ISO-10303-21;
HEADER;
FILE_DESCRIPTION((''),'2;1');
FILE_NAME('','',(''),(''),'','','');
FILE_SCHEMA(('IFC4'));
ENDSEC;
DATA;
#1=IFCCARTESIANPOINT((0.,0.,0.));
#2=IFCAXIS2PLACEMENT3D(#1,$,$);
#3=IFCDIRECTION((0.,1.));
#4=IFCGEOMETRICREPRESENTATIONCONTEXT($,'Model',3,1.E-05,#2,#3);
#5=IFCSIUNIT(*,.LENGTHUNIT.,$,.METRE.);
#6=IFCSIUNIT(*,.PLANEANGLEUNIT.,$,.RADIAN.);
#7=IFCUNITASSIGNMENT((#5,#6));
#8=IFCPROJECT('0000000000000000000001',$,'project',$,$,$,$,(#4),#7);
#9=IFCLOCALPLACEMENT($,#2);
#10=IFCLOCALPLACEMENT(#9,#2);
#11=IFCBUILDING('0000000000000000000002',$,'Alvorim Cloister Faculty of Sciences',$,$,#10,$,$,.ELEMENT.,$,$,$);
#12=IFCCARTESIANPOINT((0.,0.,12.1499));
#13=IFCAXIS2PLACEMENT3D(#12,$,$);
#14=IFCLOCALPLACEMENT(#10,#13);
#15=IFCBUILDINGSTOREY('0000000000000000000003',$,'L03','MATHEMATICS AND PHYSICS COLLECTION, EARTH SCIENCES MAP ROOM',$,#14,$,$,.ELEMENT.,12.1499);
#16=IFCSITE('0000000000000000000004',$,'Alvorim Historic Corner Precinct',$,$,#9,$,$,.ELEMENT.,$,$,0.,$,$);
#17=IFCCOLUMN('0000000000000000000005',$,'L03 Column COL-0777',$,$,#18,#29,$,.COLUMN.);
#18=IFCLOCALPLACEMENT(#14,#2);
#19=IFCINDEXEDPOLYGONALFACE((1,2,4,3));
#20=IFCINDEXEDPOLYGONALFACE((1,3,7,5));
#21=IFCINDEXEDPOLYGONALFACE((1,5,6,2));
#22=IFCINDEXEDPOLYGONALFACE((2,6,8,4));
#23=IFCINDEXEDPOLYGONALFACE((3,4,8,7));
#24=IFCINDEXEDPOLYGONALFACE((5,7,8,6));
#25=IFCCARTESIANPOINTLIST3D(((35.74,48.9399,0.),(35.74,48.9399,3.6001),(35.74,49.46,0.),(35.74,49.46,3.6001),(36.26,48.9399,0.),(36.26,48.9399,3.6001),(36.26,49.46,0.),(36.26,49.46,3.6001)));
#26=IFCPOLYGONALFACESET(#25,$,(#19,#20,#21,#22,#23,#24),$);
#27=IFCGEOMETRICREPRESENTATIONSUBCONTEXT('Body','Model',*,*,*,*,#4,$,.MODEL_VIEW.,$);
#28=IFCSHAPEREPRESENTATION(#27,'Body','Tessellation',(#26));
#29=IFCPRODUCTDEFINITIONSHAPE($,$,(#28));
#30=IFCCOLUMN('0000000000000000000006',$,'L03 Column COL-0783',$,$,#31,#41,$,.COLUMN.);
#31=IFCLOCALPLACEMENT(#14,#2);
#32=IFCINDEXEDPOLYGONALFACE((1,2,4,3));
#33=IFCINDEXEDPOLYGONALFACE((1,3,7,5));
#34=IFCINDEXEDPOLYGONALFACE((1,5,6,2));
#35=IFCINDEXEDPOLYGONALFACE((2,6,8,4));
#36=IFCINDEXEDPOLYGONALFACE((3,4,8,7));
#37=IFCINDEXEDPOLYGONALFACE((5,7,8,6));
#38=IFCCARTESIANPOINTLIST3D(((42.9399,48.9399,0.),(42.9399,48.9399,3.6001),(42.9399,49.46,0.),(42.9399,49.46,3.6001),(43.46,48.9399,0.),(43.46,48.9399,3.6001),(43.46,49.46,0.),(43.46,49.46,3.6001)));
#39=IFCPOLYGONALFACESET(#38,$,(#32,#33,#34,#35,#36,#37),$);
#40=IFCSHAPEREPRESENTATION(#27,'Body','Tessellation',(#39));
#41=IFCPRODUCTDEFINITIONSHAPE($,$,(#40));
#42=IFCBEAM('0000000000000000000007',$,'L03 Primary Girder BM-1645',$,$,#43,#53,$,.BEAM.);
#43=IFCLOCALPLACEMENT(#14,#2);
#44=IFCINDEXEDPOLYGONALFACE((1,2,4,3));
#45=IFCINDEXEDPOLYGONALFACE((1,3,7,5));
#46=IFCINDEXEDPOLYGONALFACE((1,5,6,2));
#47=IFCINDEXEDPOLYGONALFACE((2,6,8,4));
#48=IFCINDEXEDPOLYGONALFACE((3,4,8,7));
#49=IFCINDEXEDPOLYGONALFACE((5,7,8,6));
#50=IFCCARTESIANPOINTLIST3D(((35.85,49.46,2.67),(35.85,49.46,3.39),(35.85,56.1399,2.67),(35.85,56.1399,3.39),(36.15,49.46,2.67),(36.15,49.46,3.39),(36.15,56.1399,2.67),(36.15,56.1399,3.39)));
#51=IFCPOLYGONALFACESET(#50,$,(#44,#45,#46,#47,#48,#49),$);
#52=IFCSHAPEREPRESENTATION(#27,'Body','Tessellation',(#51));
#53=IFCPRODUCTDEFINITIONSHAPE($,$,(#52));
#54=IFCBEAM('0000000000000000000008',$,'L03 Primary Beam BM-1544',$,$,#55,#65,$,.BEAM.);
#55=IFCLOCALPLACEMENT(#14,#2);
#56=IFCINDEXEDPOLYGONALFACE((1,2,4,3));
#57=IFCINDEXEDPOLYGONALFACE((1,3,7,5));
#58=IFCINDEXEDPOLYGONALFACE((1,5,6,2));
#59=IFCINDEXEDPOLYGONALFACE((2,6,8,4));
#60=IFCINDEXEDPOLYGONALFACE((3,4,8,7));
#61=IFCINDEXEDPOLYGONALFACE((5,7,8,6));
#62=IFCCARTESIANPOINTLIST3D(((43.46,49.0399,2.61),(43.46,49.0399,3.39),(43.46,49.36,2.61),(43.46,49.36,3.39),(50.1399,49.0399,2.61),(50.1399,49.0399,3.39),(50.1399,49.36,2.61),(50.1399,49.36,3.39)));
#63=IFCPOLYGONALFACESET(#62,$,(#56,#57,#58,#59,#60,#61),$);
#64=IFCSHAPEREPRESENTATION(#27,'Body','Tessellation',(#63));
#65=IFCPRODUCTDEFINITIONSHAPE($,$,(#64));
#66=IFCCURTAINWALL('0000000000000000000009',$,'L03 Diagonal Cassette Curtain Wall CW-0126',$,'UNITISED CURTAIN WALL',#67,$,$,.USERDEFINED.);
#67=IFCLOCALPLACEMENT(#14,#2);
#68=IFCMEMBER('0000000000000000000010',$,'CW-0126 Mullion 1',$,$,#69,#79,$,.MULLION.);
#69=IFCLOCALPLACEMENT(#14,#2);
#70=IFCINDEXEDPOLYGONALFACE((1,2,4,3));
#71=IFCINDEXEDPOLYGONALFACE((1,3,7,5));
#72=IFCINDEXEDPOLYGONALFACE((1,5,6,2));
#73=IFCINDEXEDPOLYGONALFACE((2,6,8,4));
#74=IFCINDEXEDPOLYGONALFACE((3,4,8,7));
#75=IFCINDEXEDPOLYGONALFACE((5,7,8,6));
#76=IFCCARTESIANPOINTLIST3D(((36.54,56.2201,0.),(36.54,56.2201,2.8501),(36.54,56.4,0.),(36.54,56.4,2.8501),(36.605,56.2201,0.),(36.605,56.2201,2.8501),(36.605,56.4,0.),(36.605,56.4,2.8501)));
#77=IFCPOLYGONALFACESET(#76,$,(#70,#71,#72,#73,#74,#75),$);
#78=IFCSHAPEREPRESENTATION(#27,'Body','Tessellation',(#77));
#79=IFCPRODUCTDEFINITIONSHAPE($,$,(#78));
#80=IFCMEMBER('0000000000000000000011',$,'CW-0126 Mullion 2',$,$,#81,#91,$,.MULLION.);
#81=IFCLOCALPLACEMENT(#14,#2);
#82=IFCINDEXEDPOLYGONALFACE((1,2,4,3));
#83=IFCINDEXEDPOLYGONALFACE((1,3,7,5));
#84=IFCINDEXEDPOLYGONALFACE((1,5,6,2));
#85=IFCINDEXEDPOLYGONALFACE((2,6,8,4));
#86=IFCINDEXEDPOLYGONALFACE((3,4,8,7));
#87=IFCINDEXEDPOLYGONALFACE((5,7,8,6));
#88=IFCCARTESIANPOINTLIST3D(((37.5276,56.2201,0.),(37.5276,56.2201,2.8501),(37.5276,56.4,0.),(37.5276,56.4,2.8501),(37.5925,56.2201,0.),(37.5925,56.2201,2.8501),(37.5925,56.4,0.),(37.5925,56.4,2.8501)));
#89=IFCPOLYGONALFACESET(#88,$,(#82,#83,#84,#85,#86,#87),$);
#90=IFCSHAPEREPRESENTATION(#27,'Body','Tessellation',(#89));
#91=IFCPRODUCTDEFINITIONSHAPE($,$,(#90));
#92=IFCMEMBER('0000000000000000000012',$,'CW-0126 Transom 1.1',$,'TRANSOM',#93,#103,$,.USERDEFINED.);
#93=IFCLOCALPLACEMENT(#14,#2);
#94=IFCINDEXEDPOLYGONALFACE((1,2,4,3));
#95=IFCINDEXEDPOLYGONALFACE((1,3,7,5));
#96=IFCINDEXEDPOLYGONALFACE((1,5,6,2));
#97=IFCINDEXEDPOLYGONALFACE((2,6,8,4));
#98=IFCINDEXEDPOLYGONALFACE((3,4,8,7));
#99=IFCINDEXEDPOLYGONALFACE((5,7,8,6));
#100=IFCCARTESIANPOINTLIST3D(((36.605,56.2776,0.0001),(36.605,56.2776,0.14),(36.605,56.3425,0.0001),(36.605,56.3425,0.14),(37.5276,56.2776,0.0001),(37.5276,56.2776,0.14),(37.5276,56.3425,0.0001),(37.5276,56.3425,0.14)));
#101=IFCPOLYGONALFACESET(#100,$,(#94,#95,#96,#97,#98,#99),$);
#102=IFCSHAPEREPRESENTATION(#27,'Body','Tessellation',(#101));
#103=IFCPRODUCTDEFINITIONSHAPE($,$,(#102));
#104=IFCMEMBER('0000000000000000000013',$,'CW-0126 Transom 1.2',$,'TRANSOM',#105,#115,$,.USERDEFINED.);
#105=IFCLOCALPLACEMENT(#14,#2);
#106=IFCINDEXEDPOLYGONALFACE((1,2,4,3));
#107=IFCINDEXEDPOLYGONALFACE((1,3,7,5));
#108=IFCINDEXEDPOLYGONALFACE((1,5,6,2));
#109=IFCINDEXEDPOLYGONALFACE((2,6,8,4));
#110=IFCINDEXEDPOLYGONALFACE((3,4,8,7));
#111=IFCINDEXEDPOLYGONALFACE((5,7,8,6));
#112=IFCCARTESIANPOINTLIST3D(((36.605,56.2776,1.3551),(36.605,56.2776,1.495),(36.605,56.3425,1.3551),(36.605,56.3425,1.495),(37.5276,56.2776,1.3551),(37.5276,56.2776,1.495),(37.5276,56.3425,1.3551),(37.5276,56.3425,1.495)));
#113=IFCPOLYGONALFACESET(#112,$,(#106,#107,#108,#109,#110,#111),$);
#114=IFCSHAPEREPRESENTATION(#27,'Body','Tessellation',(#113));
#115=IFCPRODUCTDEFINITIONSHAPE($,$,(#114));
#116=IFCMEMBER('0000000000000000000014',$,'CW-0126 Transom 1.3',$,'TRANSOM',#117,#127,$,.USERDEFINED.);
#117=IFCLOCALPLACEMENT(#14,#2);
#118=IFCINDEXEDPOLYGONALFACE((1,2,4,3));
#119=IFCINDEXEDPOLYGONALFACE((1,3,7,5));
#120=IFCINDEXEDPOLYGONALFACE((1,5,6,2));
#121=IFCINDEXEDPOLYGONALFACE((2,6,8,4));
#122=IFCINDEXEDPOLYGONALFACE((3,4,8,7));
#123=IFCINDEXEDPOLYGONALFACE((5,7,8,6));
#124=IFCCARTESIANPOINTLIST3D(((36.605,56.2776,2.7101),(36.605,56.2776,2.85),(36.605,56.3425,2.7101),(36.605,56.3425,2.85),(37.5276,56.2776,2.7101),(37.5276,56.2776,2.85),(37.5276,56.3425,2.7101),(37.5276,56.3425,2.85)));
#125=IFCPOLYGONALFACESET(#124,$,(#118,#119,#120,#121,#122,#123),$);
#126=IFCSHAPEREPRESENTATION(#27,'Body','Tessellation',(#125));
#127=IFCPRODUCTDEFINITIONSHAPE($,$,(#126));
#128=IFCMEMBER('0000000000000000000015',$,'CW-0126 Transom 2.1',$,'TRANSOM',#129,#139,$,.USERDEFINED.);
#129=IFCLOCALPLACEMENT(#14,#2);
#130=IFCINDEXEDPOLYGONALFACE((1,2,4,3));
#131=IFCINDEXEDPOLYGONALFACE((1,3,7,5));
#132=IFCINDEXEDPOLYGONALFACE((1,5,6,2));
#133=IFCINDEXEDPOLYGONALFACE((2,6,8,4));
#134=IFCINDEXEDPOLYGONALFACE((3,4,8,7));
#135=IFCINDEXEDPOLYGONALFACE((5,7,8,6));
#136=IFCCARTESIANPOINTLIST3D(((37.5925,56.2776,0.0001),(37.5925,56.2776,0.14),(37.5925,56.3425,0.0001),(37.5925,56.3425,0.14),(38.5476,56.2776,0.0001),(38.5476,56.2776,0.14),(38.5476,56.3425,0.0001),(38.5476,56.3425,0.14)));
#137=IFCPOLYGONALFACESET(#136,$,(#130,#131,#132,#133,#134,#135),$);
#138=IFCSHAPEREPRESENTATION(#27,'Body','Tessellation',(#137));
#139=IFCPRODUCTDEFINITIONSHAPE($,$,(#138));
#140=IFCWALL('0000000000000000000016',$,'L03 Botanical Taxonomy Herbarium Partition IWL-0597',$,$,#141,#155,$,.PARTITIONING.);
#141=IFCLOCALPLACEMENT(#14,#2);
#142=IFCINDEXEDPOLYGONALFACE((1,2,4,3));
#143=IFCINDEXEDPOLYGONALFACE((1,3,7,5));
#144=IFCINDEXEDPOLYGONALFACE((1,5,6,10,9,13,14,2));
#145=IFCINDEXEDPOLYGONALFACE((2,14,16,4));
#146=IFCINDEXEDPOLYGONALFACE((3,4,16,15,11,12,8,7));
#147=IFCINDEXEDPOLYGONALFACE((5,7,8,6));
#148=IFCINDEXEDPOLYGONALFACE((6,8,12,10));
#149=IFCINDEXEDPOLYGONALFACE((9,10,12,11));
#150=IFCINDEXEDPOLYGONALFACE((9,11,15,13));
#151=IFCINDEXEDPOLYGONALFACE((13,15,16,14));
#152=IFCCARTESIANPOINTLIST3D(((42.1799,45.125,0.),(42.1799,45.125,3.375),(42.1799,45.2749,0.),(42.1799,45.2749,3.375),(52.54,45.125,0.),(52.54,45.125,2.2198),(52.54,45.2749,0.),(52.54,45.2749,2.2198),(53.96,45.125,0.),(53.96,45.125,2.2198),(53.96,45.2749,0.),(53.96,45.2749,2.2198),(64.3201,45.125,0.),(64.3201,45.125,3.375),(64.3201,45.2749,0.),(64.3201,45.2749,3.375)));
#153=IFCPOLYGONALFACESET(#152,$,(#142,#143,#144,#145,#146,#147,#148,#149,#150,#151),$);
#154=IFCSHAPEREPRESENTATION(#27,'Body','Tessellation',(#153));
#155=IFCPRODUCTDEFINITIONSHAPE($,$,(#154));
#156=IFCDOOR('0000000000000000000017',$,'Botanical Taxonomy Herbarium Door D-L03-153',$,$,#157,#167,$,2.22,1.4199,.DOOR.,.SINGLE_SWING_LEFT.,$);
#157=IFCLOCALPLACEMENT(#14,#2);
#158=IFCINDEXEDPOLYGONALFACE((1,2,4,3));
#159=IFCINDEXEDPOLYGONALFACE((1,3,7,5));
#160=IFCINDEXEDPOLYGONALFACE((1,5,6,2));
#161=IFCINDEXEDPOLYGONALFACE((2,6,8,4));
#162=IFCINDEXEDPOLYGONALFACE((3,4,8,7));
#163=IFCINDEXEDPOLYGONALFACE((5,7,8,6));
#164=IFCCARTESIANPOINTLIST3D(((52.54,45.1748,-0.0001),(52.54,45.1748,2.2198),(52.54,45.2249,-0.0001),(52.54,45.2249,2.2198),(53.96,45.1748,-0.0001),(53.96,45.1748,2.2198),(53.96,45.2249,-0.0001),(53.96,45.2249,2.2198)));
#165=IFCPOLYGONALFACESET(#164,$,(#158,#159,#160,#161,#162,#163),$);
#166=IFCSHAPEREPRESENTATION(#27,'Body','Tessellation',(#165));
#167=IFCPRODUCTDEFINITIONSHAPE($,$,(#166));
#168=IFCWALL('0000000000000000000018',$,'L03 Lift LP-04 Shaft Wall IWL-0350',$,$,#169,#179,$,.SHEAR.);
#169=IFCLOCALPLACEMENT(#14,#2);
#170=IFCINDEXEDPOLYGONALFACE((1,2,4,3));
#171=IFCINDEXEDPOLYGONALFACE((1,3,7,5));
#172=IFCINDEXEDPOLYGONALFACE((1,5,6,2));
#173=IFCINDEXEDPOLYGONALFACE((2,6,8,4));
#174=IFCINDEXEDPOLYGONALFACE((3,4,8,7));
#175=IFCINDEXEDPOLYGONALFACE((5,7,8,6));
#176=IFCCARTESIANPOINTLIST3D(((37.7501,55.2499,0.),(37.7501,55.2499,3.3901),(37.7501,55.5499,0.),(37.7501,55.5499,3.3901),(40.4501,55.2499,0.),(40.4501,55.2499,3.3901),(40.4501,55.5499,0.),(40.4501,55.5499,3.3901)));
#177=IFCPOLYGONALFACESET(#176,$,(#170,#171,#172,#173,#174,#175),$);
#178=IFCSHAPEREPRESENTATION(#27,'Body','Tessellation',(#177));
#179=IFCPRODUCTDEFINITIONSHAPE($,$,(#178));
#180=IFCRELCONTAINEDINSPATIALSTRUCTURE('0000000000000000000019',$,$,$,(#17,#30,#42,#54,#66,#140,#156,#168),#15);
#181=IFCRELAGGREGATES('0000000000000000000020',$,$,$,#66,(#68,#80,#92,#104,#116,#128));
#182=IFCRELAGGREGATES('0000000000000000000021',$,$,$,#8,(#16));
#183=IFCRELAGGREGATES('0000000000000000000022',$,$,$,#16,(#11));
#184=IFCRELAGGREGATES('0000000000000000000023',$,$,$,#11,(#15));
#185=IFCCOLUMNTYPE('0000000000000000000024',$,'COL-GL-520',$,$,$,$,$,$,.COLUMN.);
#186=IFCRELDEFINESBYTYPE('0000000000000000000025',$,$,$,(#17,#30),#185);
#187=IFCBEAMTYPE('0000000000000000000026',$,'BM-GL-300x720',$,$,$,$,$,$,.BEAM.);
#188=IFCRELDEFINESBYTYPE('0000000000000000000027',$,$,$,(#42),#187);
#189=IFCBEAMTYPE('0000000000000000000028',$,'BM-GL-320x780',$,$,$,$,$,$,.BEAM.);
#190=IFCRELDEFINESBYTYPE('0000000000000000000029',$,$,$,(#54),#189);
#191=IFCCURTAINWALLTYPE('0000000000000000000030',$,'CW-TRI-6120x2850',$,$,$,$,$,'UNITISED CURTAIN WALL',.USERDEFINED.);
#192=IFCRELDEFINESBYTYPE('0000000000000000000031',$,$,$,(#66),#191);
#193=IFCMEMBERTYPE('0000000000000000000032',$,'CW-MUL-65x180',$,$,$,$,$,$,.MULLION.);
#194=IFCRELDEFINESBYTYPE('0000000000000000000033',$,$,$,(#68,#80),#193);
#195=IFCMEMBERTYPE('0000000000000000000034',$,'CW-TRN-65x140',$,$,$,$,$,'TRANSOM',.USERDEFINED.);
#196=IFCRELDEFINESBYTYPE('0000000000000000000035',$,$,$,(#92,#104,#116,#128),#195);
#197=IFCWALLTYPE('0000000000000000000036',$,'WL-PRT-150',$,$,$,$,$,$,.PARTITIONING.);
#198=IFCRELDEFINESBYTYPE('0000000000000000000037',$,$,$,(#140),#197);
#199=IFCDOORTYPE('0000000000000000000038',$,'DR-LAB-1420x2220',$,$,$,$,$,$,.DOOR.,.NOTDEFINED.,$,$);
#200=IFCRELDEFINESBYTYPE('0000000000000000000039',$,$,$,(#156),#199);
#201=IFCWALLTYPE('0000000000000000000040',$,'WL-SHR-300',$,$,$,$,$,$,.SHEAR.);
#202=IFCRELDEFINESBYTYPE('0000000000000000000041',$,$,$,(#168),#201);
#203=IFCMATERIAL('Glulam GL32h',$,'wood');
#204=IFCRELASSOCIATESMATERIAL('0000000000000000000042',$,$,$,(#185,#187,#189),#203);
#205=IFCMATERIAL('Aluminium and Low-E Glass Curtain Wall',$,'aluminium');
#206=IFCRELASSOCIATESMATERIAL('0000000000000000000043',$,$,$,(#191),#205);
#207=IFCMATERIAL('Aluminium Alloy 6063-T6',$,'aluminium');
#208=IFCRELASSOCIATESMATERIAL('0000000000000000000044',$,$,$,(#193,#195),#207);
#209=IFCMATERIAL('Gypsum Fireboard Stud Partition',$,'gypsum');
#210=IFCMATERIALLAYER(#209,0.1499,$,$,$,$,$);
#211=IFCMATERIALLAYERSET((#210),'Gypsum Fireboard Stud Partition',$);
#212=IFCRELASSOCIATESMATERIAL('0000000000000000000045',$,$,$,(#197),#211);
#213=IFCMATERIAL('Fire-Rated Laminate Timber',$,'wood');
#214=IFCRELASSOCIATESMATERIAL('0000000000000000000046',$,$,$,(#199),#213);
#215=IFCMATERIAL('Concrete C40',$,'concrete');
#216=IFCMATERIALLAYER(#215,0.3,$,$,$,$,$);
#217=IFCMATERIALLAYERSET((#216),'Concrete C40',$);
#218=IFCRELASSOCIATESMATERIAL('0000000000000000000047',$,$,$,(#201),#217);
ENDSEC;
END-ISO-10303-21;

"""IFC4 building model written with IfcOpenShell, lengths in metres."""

from ifc_helpers import new_model, si_unit, direction, frame, frame_2d, origin, origin_2d, place, context, subcontext, project, spatial, rectangle, extrude, material, layer, layer_set, material_profile, profile_set, type_object, element, fill, aggregate, save


model = new_model("IFC4")

# Units and contexts
model_context = context("Model", 3, precision=1e-05, world=origin(), true_north=direction((0.0, 1.0)))
body_context = subcontext(model_context, "Body", "Model", "MODEL_VIEW")
ifc_project = project(units=[si_unit("LENGTHUNIT", "METRE"), si_unit("PLANEANGLEUNIT", "RADIAN")], contexts=[model_context])

# Site, building, storey
site_placement = place(None, origin())
site = spatial("IfcSite", under=ifc_project, at=site_placement, Name="Alvorim Historic Corner Precinct", CompositionType="ELEMENT", RefElevation=0.0)
building_placement = place(site_placement, origin())
building = spatial("IfcBuilding", under=site, at=building_placement, Name="Alvorim Cloister Faculty of Sciences", CompositionType="ELEMENT")
storey_placement = place(building_placement, frame((0.0, 0.0, 12.1499)))
storey = spatial("IfcBuildingStorey", under=building, at=storey_placement, Name="L03", Description="MATHEMATICS AND PHYSICS COLLECTION, EARTH SCIENCES MAP ROOM", CompositionType="ELEMENT", Elevation=12.1499)

# Columns
ifc_material_1 = material(Name="Glulam GL32h", Category="wood")
ifc_material_profile_1 = material_profile(ifc_material_1, rectangle(XDim=0.52, YDim=0.52, at=origin_2d()), Name="GL32-COL-520x520")
ifc_profile_set_1 = profile_set([ifc_material_profile_1], Name="Glulam GL32h")
column_type = type_object("IfcColumnType", Name="COL-GL-520", PredefinedType="COLUMN", material=ifc_profile_set_1)
for number, where, z_axis, x_axis, name in (
    (1, (36.0, 49.2, 0.0), (0.0, 0.0, 1.0), (1.0, 0.0, 0.0), "L03 Column COL-0777"),
    (2, (43.2, 49.2, 0.0), (0.0, 0.0, 1.0), (1.0, 0.0, 0.0), "L03 Column COL-0783"),
):
    element("IfcColumn", number, at=place(storey_placement, frame(where, z_axis=z_axis, x_axis=x_axis)), inside=storey, type_object=column_type, Name=name, PredefinedType="COLUMN", context=body_context, shape_type="SweptSolid", body=[
        extrude(rectangle(XDim=0.52, YDim=0.52, at=origin_2d()), origin(), (0.0, 0.0, 1.0), 3.6001),
    ])

# Beams
ifc_material_profile_2 = material_profile(ifc_material_1, rectangle(XDim=0.3, YDim=0.72, at=origin_2d()), Name="GL32-BM-300x720")
ifc_profile_set_2 = profile_set([ifc_material_profile_2], Name="Glulam GL32h")
beam_type_1 = type_object("IfcBeamType", Name="BM-GL-300x720", PredefinedType="BEAM", material=ifc_profile_set_2)
beam_1_placement = place(storey_placement, frame((36.0, 49.46, 3.03), z_axis=(0.0, 1.0, 0.0), x_axis=(-1.0, 0.0, 0.0)))
element("IfcBeam", 3, at=beam_1_placement, inside=storey, type_object=beam_type_1, Name="L03 Primary Girder BM-1645", PredefinedType="BEAM", context=body_context, shape_type="SweptSolid", body=[
    extrude(rectangle(XDim=0.3, YDim=0.72, at=origin_2d()), origin(), (0.0, 0.0, 1.0), 6.6799),
])
ifc_material_profile_3 = material_profile(ifc_material_1, rectangle(XDim=0.3201, YDim=0.78, at=origin_2d()), Name="GL32-BM-320x780")
ifc_profile_set_3 = profile_set([ifc_material_profile_3], Name="Glulam GL32h")
beam_type_2 = type_object("IfcBeamType", Name="BM-GL-320x780", PredefinedType="BEAM", material=ifc_profile_set_3)
beam_2_placement = place(storey_placement, frame((43.46, 49.2, 3.0), z_axis=(1.0, 0.0, 0.0), x_axis=(0.0, 1.0, 0.0)))
element("IfcBeam", 4, at=beam_2_placement, inside=storey, type_object=beam_type_2, Name="L03 Primary Beam BM-1544", PredefinedType="BEAM", context=body_context, shape_type="SweptSolid", body=[
    extrude(rectangle(XDim=0.3201, YDim=0.78, at=origin_2d()), origin(), (0.0, 0.0, 1.0), 6.6799),
])

# Curtain wall, members
ifc_material_2 = material(Name="Aluminium and Low-E Glass Curtain Wall", Category="aluminium")
curtain_wall_type = type_object("IfcCurtainWallType", Name="CW-TRI-6120x2850", ElementType="UNITISED CURTAIN WALL", PredefinedType="USERDEFINED", material=ifc_material_2)
curtain_wall_placement = place(storey_placement, origin())
curtain_wall = element("IfcCurtainWall", 5, at=curtain_wall_placement, inside=storey, type_object=curtain_wall_type, Name="L03 Diagonal Cassette Curtain Wall CW-0126", ObjectType="UNITISED CURTAIN WALL", PredefinedType="USERDEFINED")
ifc_material_3 = material(Name="Aluminium Alloy 6063-T6", Category="aluminium")
ifc_material_profile_4 = material_profile(ifc_material_3, rectangle(XDim=0.0649, YDim=0.1799, at=origin_2d()), Name="ALU-MUL-65x180")
ifc_profile_set_4 = profile_set([ifc_material_profile_4], Name="Aluminium Alloy 6063-T6")
member_type_1 = type_object("IfcMemberType", Name="CW-MUL-65x180", PredefinedType="MULLION", material=ifc_profile_set_4)
member_1_placement = place(storey_placement, frame((36.5725, 56.3101, 0.0), z_axis=(0.0, 0.0, 1.0), x_axis=(1.0, 0.0, 0.0)))
member_1 = element("IfcMember", 6, at=member_1_placement, type_object=member_type_1, Name="CW-0126 Mullion 1", PredefinedType="MULLION", context=body_context, shape_type="SweptSolid", body=[
    extrude(rectangle(XDim=0.0649, YDim=0.1799, at=origin_2d()), origin(), (0.0, 0.0, 1.0), 2.8501),
])
member_2_placement = place(storey_placement, frame((37.5601, 56.3101, 0.0), z_axis=(0.0, 0.0, 1.0), x_axis=(1.0, 0.0, 0.0)))
member_2 = element("IfcMember", 7, at=member_2_placement, type_object=member_type_1, Name="CW-0126 Mullion 2", PredefinedType="MULLION", context=body_context, shape_type="SweptSolid", body=[
    extrude(rectangle(XDim=0.0649, YDim=0.1799, at=origin_2d()), origin(), (0.0, 0.0, 1.0), 2.8501),
])
ifc_material_profile_5 = material_profile(ifc_material_3, rectangle(XDim=0.0649, YDim=0.1399, at=origin_2d()), Name="ALU-TRN-65x140")
ifc_profile_set_5 = profile_set([ifc_material_profile_5], Name="Aluminium Alloy 6063-T6")
member_type_2 = type_object("IfcMemberType", Name="CW-TRN-65x140", ElementType="TRANSOM", PredefinedType="USERDEFINED", material=ifc_profile_set_5)
member_3_placement = place(storey_placement, frame((36.605, 56.3101, 0.0701), z_axis=(1.0, 0.0, 0.0), x_axis=(0.0, 1.0, 0.0)))
member_3 = element("IfcMember", 8, at=member_3_placement, type_object=member_type_2, Name="CW-0126 Transom 1.1", ObjectType="TRANSOM", PredefinedType="USERDEFINED", context=body_context, shape_type="SweptSolid", body=[
    extrude(rectangle(XDim=0.0649, YDim=0.1399, at=origin_2d()), origin(), (0.0, 0.0, 1.0), 0.9226),
])
member_4_placement = place(storey_placement, frame((36.605, 56.3101, 1.425), z_axis=(1.0, 0.0, 0.0), x_axis=(0.0, 1.0, 0.0)))
member_4 = element("IfcMember", 9, at=member_4_placement, type_object=member_type_2, Name="CW-0126 Transom 1.2", ObjectType="TRANSOM", PredefinedType="USERDEFINED", context=body_context, shape_type="SweptSolid", body=[
    extrude(rectangle(XDim=0.0649, YDim=0.1399, at=origin_2d()), origin(), (0.0, 0.0, 1.0), 0.9226),
])
member_5_placement = place(storey_placement, frame((36.605, 56.3101, 2.78), z_axis=(1.0, 0.0, 0.0), x_axis=(0.0, 1.0, 0.0)))
member_5 = element("IfcMember", 10, at=member_5_placement, type_object=member_type_2, Name="CW-0126 Transom 1.3", ObjectType="TRANSOM", PredefinedType="USERDEFINED", context=body_context, shape_type="SweptSolid", body=[
    extrude(rectangle(XDim=0.0649, YDim=0.1399, at=origin_2d()), origin(), (0.0, 0.0, 1.0), 0.9226),
])
member_6_placement = place(storey_placement, frame((37.5925, 56.3101, 0.0701), z_axis=(1.0, 0.0, 0.0), x_axis=(0.0, 1.0, 0.0)))
member_6 = element("IfcMember", 11, at=member_6_placement, type_object=member_type_2, Name="CW-0126 Transom 2.1", ObjectType="TRANSOM", PredefinedType="USERDEFINED", context=body_context, shape_type="SweptSolid", body=[
    extrude(rectangle(XDim=0.0649, YDim=0.1399, at=origin_2d()), origin(), (0.0, 0.0, 1.0), 0.9551),
])
aggregate(curtain_wall, [member_1, member_2, member_3, member_4, member_5, member_6])

# Wall, opening, door
ifc_material_4 = material(Name="Gypsum Fireboard Stud Partition", Category="gypsum")
ifc_layer_1 = layer(ifc_material_4, 0.1499)
ifc_layer_set_1 = layer_set([ifc_layer_1], Name="Gypsum Fireboard Stud Partition")
wall_type_1 = type_object("IfcWallType", Name="WL-PRT-150", PredefinedType="PARTITIONING", material=ifc_layer_set_1)
wall_1_placement = place(storey_placement, frame((42.1799, 45.2, 0.0), z_axis=(0.0, 0.0, 1.0), x_axis=(1.0, 0.0, 0.0)))
wall_1 = element("IfcWall", 12, at=wall_1_placement, inside=storey, type_object=wall_type_1, Name="L03 Botanical Taxonomy Herbarium Partition IWL-0597", PredefinedType="PARTITIONING", context=body_context, shape_type="SweptSolid", body=[
    extrude(rectangle(XDim=22.1401, YDim=0.1499, at=frame_2d((11.0701, 0.0))), origin(), (0.0, 0.0, 1.0), 3.375),
])
opening_1_placement = place(wall_1_placement, frame((10.3601, 0.0, 0.0)))
opening_1 = element("IfcOpeningElement", 13, at=opening_1_placement, cuts=wall_1, PredefinedType="OPENING", context=body_context, shape_type="SweptSolid", body=[
    extrude(rectangle(XDim=1.4199, YDim=2.22, at=frame_2d((0.71, 1.1099))), frame((0.0, 0.0869, 0.0), z_axis=(0.0, -1.0, 0.0), x_axis=(1.0, 0.0, 0.0)), (0.0, 0.0, 1.0), 0.1738),
])
ifc_material_5 = material(Name="Fire-Rated Laminate Timber", Category="wood")
door_type_1 = type_object("IfcDoorType", Name="DR-LAB-1420x2220", OperationType="NOTDEFINED", PredefinedType="DOOR", material=ifc_material_5)
door_1_placement = place(opening_1_placement, origin())
door_1 = element("IfcDoor", 14, at=door_1_placement, inside=storey, type_object=door_type_1, Name="Botanical Taxonomy Herbarium Door D-L03-153", OperationType="SINGLE_SWING_LEFT", OverallHeight=2.22, OverallWidth=1.4199, PredefinedType="DOOR", context=body_context, shape_type="SweptSolid", body=[
    extrude(rectangle(XDim=1.4199, YDim=2.22, at=frame_2d((0.71, 1.1099))), frame((0.0, 0.0249, 0.0), z_axis=(0.0, -1.0, 0.0), x_axis=(1.0, 0.0, 0.0)), (0.0, 0.0, 1.0), 0.05),
])
fill(opening_1, door_1)

# Wall
ifc_material_6 = material(Name="Concrete C40", Category="concrete")
ifc_layer_2 = layer(ifc_material_6, 0.3)
ifc_layer_set_2 = layer_set([ifc_layer_2], Name="Concrete C40")
wall_type_2 = type_object("IfcWallType", Name="WL-SHR-300", PredefinedType="SHEAR", material=ifc_layer_set_2)
wall_2_placement = place(storey_placement, frame((37.75, 55.3999, 0.0), z_axis=(0.0, 0.0, 1.0), x_axis=(1.0, 0.0, 0.0)))
element("IfcWall", 15, at=wall_2_placement, inside=storey, type_object=wall_type_2, Name="L03 Lift LP-04 Shaft Wall IWL-0350", PredefinedType="SHEAR", context=body_context, shape_type="SweptSolid", body=[
    extrude(rectangle(XDim=2.7, YDim=0.3, at=frame_2d((1.3501, 0.0))), origin(), (0.0, 0.0, 1.0), 3.3901),
])

save(model, "model.ifc")
